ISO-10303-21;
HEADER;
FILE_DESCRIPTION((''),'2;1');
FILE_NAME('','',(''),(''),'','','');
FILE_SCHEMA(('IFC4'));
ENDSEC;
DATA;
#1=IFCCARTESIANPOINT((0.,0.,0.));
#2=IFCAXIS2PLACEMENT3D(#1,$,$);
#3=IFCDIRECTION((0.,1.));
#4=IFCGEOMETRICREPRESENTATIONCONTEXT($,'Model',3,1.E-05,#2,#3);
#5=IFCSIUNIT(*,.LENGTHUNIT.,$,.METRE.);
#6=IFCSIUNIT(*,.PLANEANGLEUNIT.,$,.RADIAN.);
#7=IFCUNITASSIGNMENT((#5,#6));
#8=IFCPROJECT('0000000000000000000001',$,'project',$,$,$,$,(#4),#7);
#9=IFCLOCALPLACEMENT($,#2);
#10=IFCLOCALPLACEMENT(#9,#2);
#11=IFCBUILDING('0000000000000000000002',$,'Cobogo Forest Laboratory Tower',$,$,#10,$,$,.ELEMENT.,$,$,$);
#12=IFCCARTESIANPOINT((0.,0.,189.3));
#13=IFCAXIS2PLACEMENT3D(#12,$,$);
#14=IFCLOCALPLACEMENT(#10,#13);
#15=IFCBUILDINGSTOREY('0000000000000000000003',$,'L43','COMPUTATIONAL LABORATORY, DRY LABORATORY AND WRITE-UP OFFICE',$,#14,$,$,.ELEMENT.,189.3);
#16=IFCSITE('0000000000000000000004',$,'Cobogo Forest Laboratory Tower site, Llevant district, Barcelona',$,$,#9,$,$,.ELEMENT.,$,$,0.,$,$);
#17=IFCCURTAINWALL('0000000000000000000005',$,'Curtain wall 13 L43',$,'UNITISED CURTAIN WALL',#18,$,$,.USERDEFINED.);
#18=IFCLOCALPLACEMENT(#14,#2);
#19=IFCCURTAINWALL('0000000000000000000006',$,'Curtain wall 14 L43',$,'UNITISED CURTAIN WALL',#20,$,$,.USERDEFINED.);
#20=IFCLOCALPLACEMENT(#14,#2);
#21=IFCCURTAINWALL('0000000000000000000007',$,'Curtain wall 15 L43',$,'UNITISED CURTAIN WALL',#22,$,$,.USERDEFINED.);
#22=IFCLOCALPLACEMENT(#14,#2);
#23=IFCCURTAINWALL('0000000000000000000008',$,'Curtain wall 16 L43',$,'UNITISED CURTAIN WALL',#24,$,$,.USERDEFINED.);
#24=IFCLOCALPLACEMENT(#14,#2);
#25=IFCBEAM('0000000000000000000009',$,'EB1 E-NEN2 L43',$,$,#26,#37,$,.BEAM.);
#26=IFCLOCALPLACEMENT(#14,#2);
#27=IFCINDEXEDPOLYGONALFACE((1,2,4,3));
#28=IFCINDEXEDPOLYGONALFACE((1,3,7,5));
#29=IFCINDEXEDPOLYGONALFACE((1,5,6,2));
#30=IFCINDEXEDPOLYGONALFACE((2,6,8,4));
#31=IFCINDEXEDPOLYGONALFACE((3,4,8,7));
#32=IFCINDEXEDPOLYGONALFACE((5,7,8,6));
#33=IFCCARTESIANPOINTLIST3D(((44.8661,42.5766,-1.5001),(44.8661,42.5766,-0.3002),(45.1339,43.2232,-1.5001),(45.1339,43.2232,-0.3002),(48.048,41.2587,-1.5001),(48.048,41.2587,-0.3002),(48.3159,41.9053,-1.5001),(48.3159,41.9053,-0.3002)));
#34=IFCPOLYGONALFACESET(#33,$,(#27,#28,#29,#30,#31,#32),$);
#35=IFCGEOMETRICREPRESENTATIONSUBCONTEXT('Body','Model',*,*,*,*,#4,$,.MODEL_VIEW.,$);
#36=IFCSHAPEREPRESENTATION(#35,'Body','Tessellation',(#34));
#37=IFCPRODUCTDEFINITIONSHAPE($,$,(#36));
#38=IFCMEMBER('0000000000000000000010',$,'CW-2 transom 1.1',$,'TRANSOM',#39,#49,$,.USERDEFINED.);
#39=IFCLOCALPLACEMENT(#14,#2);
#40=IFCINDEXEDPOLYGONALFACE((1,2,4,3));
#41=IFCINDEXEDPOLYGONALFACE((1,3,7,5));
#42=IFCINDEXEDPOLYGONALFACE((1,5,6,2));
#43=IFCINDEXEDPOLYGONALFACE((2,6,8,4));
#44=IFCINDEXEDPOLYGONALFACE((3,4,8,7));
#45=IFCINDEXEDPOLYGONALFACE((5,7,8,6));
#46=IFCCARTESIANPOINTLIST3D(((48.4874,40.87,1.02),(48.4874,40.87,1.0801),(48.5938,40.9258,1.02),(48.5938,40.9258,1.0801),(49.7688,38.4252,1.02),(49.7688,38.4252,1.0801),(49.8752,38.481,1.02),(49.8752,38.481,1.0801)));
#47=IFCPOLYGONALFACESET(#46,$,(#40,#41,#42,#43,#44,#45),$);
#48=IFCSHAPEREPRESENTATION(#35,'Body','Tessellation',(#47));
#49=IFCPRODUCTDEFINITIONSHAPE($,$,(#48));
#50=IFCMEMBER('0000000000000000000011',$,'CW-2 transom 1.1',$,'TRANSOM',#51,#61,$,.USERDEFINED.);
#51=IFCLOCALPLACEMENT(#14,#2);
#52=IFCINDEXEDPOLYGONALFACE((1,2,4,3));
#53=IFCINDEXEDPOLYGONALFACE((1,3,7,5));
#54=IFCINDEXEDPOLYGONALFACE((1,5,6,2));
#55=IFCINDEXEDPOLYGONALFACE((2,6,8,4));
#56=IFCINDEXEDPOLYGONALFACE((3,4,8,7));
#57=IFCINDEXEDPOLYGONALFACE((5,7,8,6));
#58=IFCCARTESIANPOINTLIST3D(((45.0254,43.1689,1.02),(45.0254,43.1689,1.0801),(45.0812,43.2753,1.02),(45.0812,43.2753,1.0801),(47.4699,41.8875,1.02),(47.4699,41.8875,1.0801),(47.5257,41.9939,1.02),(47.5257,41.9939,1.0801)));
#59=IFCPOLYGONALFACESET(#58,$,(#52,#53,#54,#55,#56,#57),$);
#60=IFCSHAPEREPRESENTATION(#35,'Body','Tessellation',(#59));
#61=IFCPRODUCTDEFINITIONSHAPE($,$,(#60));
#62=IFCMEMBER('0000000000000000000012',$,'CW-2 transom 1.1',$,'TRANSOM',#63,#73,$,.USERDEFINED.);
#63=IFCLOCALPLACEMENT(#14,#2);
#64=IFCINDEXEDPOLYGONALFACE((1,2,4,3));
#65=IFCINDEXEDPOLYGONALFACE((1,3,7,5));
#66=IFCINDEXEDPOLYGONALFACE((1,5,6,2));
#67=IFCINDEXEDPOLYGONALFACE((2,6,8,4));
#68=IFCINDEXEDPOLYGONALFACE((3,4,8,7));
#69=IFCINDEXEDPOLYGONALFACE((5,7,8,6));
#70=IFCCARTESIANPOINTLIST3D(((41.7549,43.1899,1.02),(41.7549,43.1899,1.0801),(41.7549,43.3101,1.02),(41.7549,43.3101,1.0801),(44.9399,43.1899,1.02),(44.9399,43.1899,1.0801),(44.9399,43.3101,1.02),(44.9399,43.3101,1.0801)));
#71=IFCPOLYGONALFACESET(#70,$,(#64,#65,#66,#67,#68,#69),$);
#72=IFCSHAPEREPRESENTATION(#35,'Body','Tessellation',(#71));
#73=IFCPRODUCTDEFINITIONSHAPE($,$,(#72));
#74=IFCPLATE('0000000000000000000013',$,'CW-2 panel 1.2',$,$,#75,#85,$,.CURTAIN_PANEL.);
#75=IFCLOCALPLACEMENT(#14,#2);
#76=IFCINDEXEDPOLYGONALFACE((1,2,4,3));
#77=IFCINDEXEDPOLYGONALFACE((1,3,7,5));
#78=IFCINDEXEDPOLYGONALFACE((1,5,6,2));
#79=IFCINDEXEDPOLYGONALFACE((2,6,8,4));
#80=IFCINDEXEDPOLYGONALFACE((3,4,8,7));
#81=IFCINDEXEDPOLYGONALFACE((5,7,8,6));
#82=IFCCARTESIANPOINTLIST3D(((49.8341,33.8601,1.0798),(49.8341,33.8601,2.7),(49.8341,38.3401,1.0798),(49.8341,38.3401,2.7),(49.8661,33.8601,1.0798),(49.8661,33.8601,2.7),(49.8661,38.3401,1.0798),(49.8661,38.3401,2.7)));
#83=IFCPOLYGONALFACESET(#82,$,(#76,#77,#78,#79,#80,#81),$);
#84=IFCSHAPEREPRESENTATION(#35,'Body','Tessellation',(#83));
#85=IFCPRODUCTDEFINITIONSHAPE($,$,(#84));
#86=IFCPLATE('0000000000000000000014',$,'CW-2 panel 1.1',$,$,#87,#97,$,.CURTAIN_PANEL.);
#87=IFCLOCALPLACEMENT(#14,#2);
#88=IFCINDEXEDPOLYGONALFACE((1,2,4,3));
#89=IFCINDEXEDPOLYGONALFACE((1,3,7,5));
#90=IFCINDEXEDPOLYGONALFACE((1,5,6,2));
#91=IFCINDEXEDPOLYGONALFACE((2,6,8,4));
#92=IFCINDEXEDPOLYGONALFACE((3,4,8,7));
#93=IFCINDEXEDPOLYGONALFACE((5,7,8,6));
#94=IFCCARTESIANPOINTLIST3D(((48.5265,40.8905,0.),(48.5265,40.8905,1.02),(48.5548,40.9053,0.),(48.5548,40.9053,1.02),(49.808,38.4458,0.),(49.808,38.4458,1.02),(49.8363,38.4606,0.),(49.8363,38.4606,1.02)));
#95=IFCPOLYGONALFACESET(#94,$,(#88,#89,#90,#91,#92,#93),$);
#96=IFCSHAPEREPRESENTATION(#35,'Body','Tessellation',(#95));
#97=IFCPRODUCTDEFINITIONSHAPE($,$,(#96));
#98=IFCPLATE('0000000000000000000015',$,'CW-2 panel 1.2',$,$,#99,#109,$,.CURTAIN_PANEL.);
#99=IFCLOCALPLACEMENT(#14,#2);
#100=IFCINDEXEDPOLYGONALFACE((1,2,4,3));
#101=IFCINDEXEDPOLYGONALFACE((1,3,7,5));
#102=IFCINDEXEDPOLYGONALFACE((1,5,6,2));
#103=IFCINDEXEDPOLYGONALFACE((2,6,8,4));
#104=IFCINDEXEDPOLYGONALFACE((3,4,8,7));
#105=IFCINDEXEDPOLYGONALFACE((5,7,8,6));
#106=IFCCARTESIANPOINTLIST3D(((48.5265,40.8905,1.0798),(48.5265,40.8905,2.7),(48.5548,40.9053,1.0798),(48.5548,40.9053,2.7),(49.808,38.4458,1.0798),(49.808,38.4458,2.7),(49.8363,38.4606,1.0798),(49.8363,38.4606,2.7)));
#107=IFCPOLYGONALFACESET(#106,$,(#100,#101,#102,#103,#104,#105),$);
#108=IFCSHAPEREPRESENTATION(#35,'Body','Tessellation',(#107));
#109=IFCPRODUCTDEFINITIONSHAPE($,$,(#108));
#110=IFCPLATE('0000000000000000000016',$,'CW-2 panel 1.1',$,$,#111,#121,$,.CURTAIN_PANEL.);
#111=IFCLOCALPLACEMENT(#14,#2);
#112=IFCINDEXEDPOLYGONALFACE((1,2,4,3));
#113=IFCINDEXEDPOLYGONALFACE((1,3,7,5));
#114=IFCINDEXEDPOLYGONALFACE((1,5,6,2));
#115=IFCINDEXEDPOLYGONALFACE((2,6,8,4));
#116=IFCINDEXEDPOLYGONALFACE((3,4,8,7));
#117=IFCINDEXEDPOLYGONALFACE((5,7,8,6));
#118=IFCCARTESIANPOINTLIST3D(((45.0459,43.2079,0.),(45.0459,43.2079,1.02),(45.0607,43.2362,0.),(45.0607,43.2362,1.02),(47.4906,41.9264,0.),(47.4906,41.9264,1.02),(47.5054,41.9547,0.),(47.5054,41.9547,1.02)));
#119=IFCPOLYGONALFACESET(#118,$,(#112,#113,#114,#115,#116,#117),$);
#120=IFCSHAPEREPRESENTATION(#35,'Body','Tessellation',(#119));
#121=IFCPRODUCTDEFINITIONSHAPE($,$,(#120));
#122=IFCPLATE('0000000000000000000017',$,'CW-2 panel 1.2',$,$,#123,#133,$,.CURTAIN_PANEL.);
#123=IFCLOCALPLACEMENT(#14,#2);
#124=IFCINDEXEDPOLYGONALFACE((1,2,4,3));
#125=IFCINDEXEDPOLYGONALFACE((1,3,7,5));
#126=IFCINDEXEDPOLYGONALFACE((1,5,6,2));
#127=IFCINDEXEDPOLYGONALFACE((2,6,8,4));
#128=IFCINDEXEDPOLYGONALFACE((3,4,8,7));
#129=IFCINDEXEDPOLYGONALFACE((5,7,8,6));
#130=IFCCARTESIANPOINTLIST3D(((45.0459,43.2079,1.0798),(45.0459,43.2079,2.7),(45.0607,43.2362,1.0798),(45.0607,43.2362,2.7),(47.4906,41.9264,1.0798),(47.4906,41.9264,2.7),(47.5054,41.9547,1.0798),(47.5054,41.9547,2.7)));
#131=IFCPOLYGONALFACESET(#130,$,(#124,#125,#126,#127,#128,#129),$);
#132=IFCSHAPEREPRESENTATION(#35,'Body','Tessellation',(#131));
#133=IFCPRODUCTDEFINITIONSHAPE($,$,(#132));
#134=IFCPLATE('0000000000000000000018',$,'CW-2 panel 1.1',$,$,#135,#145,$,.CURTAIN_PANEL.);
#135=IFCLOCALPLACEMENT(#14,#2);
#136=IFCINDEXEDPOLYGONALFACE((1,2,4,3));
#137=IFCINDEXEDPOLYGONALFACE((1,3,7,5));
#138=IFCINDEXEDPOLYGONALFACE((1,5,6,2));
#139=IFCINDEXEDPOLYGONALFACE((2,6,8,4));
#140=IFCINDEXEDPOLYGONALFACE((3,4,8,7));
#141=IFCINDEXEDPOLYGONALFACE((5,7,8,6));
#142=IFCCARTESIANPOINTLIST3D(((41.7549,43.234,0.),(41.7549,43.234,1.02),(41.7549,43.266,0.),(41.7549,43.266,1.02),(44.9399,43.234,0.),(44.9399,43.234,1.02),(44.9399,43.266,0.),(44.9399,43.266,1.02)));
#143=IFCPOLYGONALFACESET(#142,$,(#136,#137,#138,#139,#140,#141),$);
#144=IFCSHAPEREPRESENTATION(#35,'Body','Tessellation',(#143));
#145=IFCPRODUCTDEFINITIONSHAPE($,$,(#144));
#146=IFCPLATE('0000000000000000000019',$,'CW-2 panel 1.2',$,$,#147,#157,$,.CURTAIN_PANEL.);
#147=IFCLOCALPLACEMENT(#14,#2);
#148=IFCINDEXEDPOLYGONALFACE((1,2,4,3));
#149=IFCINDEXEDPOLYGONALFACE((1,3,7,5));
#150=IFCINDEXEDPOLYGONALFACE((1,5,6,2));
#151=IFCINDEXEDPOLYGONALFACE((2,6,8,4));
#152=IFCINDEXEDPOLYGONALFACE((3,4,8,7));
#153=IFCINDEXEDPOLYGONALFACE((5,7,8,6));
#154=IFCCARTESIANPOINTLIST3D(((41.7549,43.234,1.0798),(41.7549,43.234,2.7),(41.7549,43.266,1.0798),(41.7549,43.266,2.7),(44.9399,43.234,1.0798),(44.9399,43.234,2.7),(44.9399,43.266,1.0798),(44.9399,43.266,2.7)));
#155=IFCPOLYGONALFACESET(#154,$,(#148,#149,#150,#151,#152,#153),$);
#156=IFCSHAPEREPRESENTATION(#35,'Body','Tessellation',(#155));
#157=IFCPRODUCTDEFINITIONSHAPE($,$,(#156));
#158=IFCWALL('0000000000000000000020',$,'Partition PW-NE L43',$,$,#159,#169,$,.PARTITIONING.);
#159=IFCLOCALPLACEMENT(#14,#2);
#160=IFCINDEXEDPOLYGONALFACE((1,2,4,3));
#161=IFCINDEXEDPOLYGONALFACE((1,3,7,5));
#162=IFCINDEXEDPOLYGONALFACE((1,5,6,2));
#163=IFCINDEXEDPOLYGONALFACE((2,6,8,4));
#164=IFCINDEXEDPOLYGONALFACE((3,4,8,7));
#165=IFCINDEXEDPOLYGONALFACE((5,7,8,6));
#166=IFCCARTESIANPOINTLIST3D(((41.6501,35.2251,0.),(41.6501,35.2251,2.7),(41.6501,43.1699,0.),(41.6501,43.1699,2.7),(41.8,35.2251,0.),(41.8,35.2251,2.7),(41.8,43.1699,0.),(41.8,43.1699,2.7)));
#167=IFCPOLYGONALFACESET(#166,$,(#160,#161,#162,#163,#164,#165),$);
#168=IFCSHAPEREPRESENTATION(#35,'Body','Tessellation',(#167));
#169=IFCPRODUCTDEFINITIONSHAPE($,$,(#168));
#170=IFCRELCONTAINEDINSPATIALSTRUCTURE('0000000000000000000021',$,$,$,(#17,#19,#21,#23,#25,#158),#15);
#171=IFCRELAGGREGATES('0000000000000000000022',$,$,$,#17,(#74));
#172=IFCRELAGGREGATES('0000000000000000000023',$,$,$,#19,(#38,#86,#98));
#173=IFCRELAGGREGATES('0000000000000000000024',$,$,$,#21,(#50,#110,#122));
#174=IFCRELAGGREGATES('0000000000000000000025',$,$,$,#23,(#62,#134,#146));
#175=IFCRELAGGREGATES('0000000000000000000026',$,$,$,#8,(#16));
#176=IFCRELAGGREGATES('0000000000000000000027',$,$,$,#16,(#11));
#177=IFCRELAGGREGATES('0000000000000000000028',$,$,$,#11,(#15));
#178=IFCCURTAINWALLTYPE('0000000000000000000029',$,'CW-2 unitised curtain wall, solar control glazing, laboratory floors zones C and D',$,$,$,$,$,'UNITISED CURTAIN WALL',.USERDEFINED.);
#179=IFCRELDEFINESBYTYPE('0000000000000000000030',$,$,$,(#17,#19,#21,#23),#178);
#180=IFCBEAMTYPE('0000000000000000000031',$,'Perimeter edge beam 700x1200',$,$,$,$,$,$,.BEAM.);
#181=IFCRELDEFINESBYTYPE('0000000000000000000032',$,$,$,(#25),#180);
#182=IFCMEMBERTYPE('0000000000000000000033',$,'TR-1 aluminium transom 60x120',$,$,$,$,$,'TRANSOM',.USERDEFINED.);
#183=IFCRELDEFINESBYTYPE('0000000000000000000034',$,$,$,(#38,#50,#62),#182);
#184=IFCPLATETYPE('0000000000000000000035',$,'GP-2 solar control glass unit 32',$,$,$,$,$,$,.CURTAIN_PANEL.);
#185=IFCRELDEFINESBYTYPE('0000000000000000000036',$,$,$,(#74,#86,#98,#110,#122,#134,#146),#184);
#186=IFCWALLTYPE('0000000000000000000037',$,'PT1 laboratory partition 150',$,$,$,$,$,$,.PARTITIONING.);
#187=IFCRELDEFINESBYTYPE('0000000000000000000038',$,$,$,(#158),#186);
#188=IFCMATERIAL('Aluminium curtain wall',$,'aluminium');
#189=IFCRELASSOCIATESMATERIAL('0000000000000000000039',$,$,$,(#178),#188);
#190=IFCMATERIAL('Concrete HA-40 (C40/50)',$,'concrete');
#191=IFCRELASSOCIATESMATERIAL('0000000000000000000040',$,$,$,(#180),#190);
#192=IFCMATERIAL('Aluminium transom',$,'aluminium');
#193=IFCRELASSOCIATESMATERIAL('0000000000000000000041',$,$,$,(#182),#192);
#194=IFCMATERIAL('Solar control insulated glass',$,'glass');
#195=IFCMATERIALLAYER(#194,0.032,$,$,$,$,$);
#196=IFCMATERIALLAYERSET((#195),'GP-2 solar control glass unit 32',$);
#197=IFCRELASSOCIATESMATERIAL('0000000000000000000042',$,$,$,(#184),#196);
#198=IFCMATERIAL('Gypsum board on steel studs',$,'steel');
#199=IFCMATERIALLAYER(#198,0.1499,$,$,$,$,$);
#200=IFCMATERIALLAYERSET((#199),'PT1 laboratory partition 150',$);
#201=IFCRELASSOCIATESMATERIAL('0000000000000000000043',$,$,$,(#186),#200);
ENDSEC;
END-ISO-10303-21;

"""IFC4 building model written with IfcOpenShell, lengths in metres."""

from ifc_helpers import new_model, si_unit, direction, frame, frame_2d, origin, origin_2d, place, context, subcontext, project, spatial, rectangle, extrude, material, layer, layer_set, material_profile, profile_set, type_object, element, aggregate, save


model = new_model("IFC4")

# Units and contexts
model_context = context("Model", 3, precision=1e-05, world=origin(), true_north=direction((0.0, 1.0)))
body_context = subcontext(model_context, "Body", "Model", "MODEL_VIEW")
ifc_project = project(units=[si_unit("LENGTHUNIT", "METRE"), si_unit("PLANEANGLEUNIT", "RADIAN")], contexts=[model_context])

# Site, building, storey
site_placement = place(None, origin())
site = spatial("IfcSite", under=ifc_project, at=site_placement, Name="Cobogo Forest Laboratory Tower site, Llevant district, Barcelona", CompositionType="ELEMENT", RefElevation=0.0)
building_placement = place(site_placement, origin())
building = spatial("IfcBuilding", under=site, at=building_placement, Name="Cobogo Forest Laboratory Tower", CompositionType="ELEMENT")
storey_placement = place(building_placement, frame((0.0, 0.0, 189.3)))
storey = spatial("IfcBuildingStorey", under=building, at=storey_placement, Name="L43", Description="COMPUTATIONAL LABORATORY, DRY LABORATORY AND WRITE-UP OFFICE", CompositionType="ELEMENT", Elevation=189.3)

# Shared definitions
ifc_material_1 = material(Name="Concrete HA-40 (C40/50)", Category="concrete")

# Curtain wall
ifc_material_2 = material(Name="Aluminium curtain wall", Category="aluminium")
curtain_wall_type = type_object("IfcCurtainWallType", Name="CW-2 unitised curtain wall, solar control glazing, laboratory floors zones C and D", ElementType="UNITISED CURTAIN WALL", PredefinedType="USERDEFINED", material=ifc_material_2)
curtain_wall_1_placement = place(storey_placement, origin())
curtain_wall_1 = element("IfcCurtainWall", 1, at=curtain_wall_1_placement, inside=storey, type_object=curtain_wall_type, Name="Curtain wall 13 L43", ObjectType="UNITISED CURTAIN WALL", PredefinedType="USERDEFINED")

# Curtain walls
curtain_wall_2_placement = place(storey_placement, origin())
curtain_wall_2 = element("IfcCurtainWall", 2, at=curtain_wall_2_placement, inside=storey, type_object=curtain_wall_type, Name="Curtain wall 14 L43", ObjectType="UNITISED CURTAIN WALL", PredefinedType="USERDEFINED")
curtain_wall_3_placement = place(storey_placement, origin())
curtain_wall_3 = element("IfcCurtainWall", 3, at=curtain_wall_3_placement, inside=storey, type_object=curtain_wall_type, Name="Curtain wall 15 L43", ObjectType="UNITISED CURTAIN WALL", PredefinedType="USERDEFINED")
curtain_wall_4_placement = place(storey_placement, origin())
curtain_wall_4 = element("IfcCurtainWall", 4, at=curtain_wall_4_placement, inside=storey, type_object=curtain_wall_type, Name="Curtain wall 16 L43", ObjectType="UNITISED CURTAIN WALL", PredefinedType="USERDEFINED")

# Beam
ifc_material_profile_1 = material_profile(ifc_material_1, rectangle(XDim=0.7, YDim=1.2, at=origin_2d()), Name="RC 700x1200")
ifc_profile_set_1 = profile_set([ifc_material_profile_1], Name="Concrete HA-40 (C40/50)")
beam_type_1 = type_object("IfcBeamType", Name="Perimeter edge beam 700x1200", PredefinedType="BEAM", material=ifc_profile_set_1)
beam_1_placement = place(storey_placement, frame((45.0, 42.8999, -0.9001), z_axis=(0.923891, -0.382656, 0.0), x_axis=(0.382656, 0.923891, 0.0)))
element("IfcBeam", 5, at=beam_1_placement, inside=storey, type_object=beam_type_1, Name="EB1 E-NEN2 L43", PredefinedType="BEAM", context=body_context, shape_type="SweptSolid", body=[
    extrude(rectangle(XDim=0.7, YDim=1.2, at=origin_2d()), origin(), (0.0, 0.0, 1.0), 3.4441),
])

# Members
ifc_material_3 = material(Name="Aluminium transom", Category="aluminium")
ifc_material_profile_2 = material_profile(ifc_material_3, rectangle(XDim=0.1201, YDim=0.0601, at=origin_2d()), Name="AL 60x120")
ifc_profile_set_2 = profile_set([ifc_material_profile_2], Name="Aluminium transom")
member_type_1 = type_object("IfcMemberType", Name="TR-1 aluminium transom 60x120", ElementType="TRANSOM", PredefinedType="USERDEFINED", material=ifc_profile_set_2)
member_1_placement = place(storey_placement, frame((49.822, 38.4531, 1.05), z_axis=(-0.464255, 0.885702, 0.0), x_axis=(-0.885702, -0.464255, 0.0)))
member_1 = element("IfcMember", 6, at=member_1_placement, type_object=member_type_1, Name="CW-2 transom 1.1", ObjectType="TRANSOM", PredefinedType="USERDEFINED", context=body_context, shape_type="SweptSolid", body=[
    extrude(rectangle(XDim=0.1201, YDim=0.0601, at=origin_2d()), origin(), (0.0, 0.0, 1.0), 2.7603),
])
member_2_placement = place(storey_placement, frame((47.4978, 41.9407, 1.05), z_axis=(-0.885683, 0.464291, 0.0), x_axis=(-0.464291, -0.885683, 0.0)))
member_2 = element("IfcMember", 7, at=member_2_placement, type_object=member_type_1, Name="CW-2 transom 1.1", ObjectType="TRANSOM", PredefinedType="USERDEFINED", context=body_context, shape_type="SweptSolid", body=[
    extrude(rectangle(XDim=0.1201, YDim=0.0601, at=origin_2d()), origin(), (0.0, 0.0, 1.0), 2.76),
])
member_3_placement = place(storey_placement, frame((44.9399, 43.25, 1.05), z_axis=(-1.0, 0.0, 0.0), x_axis=(0.0, -1.0, 0.0)))
member_3 = element("IfcMember", 8, at=member_3_placement, type_object=member_type_1, Name="CW-2 transom 1.1", ObjectType="TRANSOM", PredefinedType="USERDEFINED", context=body_context, shape_type="SweptSolid", body=[
    extrude(rectangle(XDim=0.1201, YDim=0.0601, at=origin_2d()), origin(), (0.0, 0.0, 1.0), 3.1851),
])

# Plates
ifc_material_4 = material(Name="Solar control insulated glass", Category="glass")
ifc_layer_1 = layer(ifc_material_4, 0.032)
ifc_layer_set_1 = layer_set([ifc_layer_1], Name="GP-2 solar control glass unit 32")
plate_type = type_object("IfcPlateType", Name="GP-2 solar control glass unit 32", PredefinedType="CURTAIN_PANEL", material=ifc_layer_set_1)
plate_1_placement = place(storey_placement, frame((49.8501, 36.1001, 1.0798), z_axis=(0.0, 0.0, 1.0), x_axis=(0.0, 1.0, 0.0)))
plate_1 = element("IfcPlate", 9, at=plate_1_placement, type_object=plate_type, Name="CW-2 panel 1.2", PredefinedType="CURTAIN_PANEL", context=body_context, shape_type="SweptSolid", body=[
    extrude(rectangle(XDim=4.48, YDim=0.032, at=origin_2d()), origin(), (0.0, 0.0, 1.0), 1.6201),
])
aggregate(curtain_wall_1, [plate_1])
plate_2_placement = place(storey_placement, frame((49.1814, 39.6755, 0.0), z_axis=(0.0, 0.0, 1.0), x_axis=(-0.464284, 0.885686, 0.0)))
plate_2 = element("IfcPlate", 10, at=plate_2_placement, type_object=plate_type, Name="CW-2 panel 1.1", PredefinedType="CURTAIN_PANEL", context=body_context, shape_type="SweptSolid", body=[
    extrude(rectangle(XDim=2.7603, YDim=0.032, at=origin_2d()), origin(), (0.0, 0.0, 1.0), 1.02),
])
plate_3_placement = place(storey_placement, frame((49.1814, 39.6755, 1.0798), z_axis=(0.0, 0.0, 1.0), x_axis=(-0.464284, 0.885686, 0.0)))
plate_3 = element("IfcPlate", 11, at=plate_3_placement, type_object=plate_type, Name="CW-2 panel 1.2", PredefinedType="CURTAIN_PANEL", context=body_context, shape_type="SweptSolid", body=[
    extrude(rectangle(XDim=2.7603, YDim=0.032, at=origin_2d()), origin(), (0.0, 0.0, 1.0), 1.6201),
])
aggregate(curtain_wall_2, [member_1, plate_2, plate_3])
plate_4_placement = place(storey_placement, frame((46.2756, 42.5813, 0.0), z_axis=(0.0, 0.0, 1.0), x_axis=(-0.885686, 0.464284, 0.0)))
plate_4 = element("IfcPlate", 12, at=plate_4_placement, type_object=plate_type, Name="CW-2 panel 1.1", PredefinedType="CURTAIN_PANEL", context=body_context, shape_type="SweptSolid", body=[
    extrude(rectangle(XDim=2.7603, YDim=0.032, at=origin_2d()), origin(), (0.0, 0.0, 1.0), 1.02),
])
plate_5_placement = place(storey_placement, frame((46.2756, 42.5813, 1.0798), z_axis=(0.0, 0.0, 1.0), x_axis=(-0.885686, 0.464284, 0.0)))
plate_5 = element("IfcPlate", 13, at=plate_5_placement, type_object=plate_type, Name="CW-2 panel 1.2", PredefinedType="CURTAIN_PANEL", context=body_context, shape_type="SweptSolid", body=[
    extrude(rectangle(XDim=2.7603, YDim=0.032, at=origin_2d()), origin(), (0.0, 0.0, 1.0), 1.6201),
])
aggregate(curtain_wall_3, [member_2, plate_4, plate_5])
plate_6_placement = place(storey_placement, frame((43.3474, 43.25, 0.0), z_axis=(0.0, 0.0, 1.0), x_axis=(-1.0, 0.0, 0.0)))
plate_6 = element("IfcPlate", 14, at=plate_6_placement, type_object=plate_type, Name="CW-2 panel 1.1", PredefinedType="CURTAIN_PANEL", context=body_context, shape_type="SweptSolid", body=[
    extrude(rectangle(XDim=3.1851, YDim=0.032, at=origin_2d()), origin(), (0.0, 0.0, 1.0), 1.02),
])
plate_7_placement = place(storey_placement, frame((43.3474, 43.25, 1.0798), z_axis=(0.0, 0.0, 1.0), x_axis=(-1.0, 0.0, 0.0)))
plate_7 = element("IfcPlate", 15, at=plate_7_placement, type_object=plate_type, Name="CW-2 panel 1.2", PredefinedType="CURTAIN_PANEL", context=body_context, shape_type="SweptSolid", body=[
    extrude(rectangle(XDim=3.1851, YDim=0.032, at=origin_2d()), origin(), (0.0, 0.0, 1.0), 1.6201),
])
aggregate(curtain_wall_4, [member_3, plate_6, plate_7])

# Wall
ifc_material_5 = material(Name="Gypsum board on steel studs", Category="steel")
ifc_layer_2 = layer(ifc_material_5, 0.1499)
ifc_layer_set_2 = layer_set([ifc_layer_2], Name="PT1 laboratory partition 150")
wall_type = type_object("IfcWallType", Name="PT1 laboratory partition 150", PredefinedType="PARTITIONING", material=ifc_layer_set_2)
wall_placement = place(storey_placement, frame((41.7251, 43.1699, 0.0), z_axis=(0.0, 0.0, 1.0), x_axis=(0.0, -1.0, 0.0)))
element("IfcWall", 16, at=wall_placement, inside=storey, type_object=wall_type, Name="Partition PW-NE L43", PredefinedType="PARTITIONING", context=body_context, shape_type="SweptSolid", body=[
    extrude(rectangle(XDim=7.9448, YDim=0.1499, at=frame_2d((3.9724, 0.0))), origin(), (0.0, 0.0, 1.0), 2.7),
])

save(model, "model.ifc")
